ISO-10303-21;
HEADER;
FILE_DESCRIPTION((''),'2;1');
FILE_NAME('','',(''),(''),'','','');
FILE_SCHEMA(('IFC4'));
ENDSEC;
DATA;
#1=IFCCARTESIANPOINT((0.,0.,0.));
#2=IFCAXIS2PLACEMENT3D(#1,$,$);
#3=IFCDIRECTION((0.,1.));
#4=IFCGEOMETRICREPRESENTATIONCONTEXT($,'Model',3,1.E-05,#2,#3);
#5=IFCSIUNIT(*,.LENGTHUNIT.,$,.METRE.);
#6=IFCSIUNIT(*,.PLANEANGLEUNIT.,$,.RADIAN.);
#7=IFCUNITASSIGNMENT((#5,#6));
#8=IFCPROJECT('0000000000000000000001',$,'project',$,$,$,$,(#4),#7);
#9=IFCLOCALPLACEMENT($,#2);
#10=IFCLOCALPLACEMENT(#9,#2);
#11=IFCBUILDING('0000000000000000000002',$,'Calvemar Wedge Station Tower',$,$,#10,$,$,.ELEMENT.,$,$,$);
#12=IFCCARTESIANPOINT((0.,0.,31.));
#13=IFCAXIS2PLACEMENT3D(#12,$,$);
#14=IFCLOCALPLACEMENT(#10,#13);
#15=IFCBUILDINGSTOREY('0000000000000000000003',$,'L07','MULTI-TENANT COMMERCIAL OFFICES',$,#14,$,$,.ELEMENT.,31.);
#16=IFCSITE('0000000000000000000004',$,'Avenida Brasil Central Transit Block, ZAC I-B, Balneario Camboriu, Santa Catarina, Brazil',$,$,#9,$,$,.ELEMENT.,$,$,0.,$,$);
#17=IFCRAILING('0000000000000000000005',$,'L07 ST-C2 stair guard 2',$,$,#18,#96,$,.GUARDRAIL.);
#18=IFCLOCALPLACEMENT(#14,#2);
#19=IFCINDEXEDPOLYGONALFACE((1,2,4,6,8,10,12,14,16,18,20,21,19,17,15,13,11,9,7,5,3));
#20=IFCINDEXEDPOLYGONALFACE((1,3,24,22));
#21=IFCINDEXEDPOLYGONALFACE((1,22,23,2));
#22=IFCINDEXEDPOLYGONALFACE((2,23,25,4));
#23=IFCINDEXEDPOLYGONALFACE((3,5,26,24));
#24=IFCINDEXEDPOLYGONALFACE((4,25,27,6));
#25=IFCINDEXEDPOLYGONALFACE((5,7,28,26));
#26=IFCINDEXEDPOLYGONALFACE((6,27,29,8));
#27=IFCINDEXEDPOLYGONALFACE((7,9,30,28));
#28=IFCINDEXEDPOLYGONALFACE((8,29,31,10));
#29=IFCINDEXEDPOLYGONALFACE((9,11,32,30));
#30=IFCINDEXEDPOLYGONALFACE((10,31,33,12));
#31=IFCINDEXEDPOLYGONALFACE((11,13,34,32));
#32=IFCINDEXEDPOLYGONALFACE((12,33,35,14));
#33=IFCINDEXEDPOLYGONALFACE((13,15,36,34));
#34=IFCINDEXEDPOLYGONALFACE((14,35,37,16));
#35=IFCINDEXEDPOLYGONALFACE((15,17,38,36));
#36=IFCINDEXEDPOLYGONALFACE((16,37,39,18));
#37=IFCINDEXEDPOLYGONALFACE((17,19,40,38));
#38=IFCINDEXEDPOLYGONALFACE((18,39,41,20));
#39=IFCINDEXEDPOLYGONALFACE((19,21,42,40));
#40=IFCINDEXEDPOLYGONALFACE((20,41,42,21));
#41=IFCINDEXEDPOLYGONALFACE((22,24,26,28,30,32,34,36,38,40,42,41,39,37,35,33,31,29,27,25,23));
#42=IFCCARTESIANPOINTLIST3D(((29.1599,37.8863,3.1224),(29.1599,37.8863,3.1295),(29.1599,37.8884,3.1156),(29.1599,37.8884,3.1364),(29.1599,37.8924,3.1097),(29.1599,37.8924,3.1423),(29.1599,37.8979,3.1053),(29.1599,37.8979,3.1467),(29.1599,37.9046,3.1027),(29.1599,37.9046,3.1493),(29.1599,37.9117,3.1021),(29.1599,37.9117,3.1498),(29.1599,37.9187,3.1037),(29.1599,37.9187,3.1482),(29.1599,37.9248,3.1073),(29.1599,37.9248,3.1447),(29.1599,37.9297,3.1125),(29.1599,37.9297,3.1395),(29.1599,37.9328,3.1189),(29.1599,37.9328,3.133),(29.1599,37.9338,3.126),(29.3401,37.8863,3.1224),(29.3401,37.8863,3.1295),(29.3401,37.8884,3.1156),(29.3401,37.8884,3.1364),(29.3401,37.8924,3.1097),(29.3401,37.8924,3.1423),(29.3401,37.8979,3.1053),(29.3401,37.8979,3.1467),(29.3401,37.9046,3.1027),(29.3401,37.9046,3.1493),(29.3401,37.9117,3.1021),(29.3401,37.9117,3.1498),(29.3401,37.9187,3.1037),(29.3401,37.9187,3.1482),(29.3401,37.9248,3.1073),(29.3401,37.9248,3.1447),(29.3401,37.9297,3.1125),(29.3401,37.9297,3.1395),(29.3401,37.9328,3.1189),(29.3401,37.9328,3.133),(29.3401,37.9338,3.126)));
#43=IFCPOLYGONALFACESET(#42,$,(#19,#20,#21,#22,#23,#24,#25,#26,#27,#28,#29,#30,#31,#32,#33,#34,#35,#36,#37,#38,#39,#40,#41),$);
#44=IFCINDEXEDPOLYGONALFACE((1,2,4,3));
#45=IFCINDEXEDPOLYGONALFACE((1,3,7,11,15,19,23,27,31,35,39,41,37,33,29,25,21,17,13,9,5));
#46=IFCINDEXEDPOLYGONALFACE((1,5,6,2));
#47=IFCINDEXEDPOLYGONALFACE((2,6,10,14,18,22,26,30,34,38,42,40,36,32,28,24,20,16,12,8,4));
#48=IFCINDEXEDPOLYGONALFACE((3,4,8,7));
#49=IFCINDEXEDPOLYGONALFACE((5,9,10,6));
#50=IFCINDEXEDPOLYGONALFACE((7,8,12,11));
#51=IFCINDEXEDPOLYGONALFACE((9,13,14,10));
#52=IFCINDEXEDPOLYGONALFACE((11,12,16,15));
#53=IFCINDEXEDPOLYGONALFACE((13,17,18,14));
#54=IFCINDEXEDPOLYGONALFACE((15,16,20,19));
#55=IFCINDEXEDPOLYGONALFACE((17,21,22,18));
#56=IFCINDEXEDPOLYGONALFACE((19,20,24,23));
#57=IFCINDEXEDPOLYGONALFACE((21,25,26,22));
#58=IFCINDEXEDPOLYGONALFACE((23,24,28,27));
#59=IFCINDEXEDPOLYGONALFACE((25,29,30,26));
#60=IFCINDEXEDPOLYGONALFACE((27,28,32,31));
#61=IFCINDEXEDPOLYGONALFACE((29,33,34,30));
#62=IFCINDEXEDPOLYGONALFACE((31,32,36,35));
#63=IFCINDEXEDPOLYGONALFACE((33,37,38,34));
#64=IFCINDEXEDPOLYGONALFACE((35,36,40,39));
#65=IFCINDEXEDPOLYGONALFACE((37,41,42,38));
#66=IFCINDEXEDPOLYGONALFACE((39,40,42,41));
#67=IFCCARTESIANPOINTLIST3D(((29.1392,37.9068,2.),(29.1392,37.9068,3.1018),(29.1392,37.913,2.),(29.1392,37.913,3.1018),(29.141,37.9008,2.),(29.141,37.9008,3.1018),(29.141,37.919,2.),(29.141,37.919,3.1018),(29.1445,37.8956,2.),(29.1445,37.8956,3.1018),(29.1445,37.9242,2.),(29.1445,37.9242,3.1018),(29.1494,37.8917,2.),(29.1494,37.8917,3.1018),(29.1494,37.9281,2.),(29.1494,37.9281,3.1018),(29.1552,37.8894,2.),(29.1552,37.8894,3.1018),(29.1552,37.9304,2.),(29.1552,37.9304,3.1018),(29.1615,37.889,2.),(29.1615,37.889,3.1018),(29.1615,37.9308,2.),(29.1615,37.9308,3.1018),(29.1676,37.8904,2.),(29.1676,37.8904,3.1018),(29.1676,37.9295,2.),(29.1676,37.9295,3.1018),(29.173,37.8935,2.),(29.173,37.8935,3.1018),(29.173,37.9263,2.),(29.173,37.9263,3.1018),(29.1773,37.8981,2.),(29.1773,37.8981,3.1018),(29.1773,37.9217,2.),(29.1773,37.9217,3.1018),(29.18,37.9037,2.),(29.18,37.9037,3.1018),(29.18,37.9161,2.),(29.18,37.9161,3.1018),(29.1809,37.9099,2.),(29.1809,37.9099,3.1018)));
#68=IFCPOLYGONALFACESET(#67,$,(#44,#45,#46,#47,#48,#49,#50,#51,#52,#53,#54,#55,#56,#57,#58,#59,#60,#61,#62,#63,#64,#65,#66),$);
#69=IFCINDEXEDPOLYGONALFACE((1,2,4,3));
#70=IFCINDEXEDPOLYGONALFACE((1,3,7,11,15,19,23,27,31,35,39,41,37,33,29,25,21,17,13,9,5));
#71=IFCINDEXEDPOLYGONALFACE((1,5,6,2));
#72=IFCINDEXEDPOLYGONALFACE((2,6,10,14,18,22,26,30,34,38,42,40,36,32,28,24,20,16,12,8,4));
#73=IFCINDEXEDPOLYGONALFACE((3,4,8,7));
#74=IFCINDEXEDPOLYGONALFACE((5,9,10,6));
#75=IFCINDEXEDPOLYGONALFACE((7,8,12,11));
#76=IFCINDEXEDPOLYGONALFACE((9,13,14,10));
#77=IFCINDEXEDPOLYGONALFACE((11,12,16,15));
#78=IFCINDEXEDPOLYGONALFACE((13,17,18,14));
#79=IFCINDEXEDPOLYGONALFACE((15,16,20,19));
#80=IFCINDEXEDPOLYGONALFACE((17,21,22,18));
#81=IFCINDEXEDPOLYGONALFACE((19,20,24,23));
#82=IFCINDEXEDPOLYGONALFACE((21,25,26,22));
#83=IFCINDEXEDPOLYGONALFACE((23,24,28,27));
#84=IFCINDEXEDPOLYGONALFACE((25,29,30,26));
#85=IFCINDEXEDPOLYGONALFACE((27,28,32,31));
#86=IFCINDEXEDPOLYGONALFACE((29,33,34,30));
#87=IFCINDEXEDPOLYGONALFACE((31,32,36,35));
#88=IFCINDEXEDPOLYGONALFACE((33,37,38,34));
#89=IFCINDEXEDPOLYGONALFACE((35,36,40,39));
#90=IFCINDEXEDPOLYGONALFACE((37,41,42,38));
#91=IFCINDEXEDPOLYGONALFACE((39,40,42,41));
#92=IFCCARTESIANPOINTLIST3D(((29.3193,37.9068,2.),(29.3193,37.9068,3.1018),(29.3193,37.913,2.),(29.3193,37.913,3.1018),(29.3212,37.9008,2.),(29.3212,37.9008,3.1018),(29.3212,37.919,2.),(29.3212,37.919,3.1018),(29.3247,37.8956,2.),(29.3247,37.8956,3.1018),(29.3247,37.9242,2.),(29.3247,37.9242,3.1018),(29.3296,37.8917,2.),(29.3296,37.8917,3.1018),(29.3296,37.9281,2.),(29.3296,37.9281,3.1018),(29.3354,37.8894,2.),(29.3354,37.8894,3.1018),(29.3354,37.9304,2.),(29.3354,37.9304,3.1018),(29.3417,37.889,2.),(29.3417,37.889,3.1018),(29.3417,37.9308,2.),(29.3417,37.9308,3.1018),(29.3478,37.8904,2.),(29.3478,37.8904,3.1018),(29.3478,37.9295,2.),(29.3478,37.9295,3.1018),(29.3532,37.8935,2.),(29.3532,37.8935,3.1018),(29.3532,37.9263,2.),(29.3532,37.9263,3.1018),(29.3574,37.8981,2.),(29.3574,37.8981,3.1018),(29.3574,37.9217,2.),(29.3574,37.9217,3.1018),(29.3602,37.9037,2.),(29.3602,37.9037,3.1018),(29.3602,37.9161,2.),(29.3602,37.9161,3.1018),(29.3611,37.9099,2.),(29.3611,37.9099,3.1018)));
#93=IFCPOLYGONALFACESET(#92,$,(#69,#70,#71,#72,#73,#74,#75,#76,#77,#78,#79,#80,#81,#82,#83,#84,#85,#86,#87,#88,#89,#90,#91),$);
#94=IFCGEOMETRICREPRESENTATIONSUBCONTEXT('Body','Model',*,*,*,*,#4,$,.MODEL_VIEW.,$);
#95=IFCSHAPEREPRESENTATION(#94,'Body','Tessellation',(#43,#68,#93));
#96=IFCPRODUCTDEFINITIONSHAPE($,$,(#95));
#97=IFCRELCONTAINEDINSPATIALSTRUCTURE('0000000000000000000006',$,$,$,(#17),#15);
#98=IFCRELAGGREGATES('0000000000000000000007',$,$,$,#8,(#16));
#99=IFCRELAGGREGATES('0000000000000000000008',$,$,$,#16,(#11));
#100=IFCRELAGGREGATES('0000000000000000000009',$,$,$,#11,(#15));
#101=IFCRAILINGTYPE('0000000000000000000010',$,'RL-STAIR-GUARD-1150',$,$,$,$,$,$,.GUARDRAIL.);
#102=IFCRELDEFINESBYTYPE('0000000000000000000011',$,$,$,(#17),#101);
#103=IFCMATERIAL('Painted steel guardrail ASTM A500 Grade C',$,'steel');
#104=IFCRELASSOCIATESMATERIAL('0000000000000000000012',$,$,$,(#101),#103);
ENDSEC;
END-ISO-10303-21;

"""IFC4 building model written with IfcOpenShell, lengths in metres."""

from ifc_helpers import new_model, si_unit, direction, frame, origin, origin_2d, place, context, subcontext, project, spatial, circle, extrude, material, type_object, element, save


model = new_model("IFC4")

# Units and contexts
model_context = context("Model", 3, precision=1e-05, world=origin(), true_north=direction((0.0, 1.0)))
body_context = subcontext(model_context, "Body", "Model", "MODEL_VIEW")
ifc_project = project(units=[si_unit("LENGTHUNIT", "METRE"), si_unit("PLANEANGLEUNIT", "RADIAN")], contexts=[model_context])

# Site, building, storey
site_placement = place(None, origin())
site = spatial("IfcSite", under=ifc_project, at=site_placement, Name="Avenida Brasil Central Transit Block, ZAC I-B, Balneario Camboriu, Santa Catarina, Brazil", CompositionType="ELEMENT", RefElevation=0.0)
building_placement = place(site_placement, origin())
building = spatial("IfcBuilding", under=site, at=building_placement, Name="Calvemar Wedge Station Tower", CompositionType="ELEMENT")
storey_placement = place(building_placement, frame((0.0, 0.0, 31.0)))
storey = spatial("IfcBuildingStorey", under=building, at=storey_placement, Name="L07", Description="MULTI-TENANT COMMERCIAL OFFICES", CompositionType="ELEMENT", Elevation=31.0)

# Railing
ifc_material_1 = material(Name="Painted steel guardrail ASTM A500 Grade C", Category="steel")
railing_type_1 = type_object("IfcRailingType", Name="RL-STAIR-GUARD-1150", PredefinedType="GUARDRAIL", material=ifc_material_1)
railing_1_placement = place(storey_placement, frame((29.1599, 37.9099, 2.0)))
element("IfcRailing", 1, at=railing_1_placement, inside=storey, type_object=railing_type_1, Name="L07 ST-C2 stair guard 2", PredefinedType="GUARDRAIL", context=body_context, shape_type="SweptSolid", body=[
    extrude(circle(Radius=0.0239, at=origin_2d()), frame((0.0, 0.0, 1.126), z_axis=(1.0, 0.0, 0.0), x_axis=(0.0, 1.0, 0.0)), (0.0, 0.0, 1.0), 0.1802),
    extrude(circle(Radius=0.021, at=origin_2d()), origin(), (0.0, 0.0, 1.0), 1.1018),
    extrude(circle(Radius=0.021, at=origin_2d()), frame((0.1802, 0.0, 0.0)), (0.0, 0.0, 1.0), 1.1018),
])

save(model, "model.ifc")
